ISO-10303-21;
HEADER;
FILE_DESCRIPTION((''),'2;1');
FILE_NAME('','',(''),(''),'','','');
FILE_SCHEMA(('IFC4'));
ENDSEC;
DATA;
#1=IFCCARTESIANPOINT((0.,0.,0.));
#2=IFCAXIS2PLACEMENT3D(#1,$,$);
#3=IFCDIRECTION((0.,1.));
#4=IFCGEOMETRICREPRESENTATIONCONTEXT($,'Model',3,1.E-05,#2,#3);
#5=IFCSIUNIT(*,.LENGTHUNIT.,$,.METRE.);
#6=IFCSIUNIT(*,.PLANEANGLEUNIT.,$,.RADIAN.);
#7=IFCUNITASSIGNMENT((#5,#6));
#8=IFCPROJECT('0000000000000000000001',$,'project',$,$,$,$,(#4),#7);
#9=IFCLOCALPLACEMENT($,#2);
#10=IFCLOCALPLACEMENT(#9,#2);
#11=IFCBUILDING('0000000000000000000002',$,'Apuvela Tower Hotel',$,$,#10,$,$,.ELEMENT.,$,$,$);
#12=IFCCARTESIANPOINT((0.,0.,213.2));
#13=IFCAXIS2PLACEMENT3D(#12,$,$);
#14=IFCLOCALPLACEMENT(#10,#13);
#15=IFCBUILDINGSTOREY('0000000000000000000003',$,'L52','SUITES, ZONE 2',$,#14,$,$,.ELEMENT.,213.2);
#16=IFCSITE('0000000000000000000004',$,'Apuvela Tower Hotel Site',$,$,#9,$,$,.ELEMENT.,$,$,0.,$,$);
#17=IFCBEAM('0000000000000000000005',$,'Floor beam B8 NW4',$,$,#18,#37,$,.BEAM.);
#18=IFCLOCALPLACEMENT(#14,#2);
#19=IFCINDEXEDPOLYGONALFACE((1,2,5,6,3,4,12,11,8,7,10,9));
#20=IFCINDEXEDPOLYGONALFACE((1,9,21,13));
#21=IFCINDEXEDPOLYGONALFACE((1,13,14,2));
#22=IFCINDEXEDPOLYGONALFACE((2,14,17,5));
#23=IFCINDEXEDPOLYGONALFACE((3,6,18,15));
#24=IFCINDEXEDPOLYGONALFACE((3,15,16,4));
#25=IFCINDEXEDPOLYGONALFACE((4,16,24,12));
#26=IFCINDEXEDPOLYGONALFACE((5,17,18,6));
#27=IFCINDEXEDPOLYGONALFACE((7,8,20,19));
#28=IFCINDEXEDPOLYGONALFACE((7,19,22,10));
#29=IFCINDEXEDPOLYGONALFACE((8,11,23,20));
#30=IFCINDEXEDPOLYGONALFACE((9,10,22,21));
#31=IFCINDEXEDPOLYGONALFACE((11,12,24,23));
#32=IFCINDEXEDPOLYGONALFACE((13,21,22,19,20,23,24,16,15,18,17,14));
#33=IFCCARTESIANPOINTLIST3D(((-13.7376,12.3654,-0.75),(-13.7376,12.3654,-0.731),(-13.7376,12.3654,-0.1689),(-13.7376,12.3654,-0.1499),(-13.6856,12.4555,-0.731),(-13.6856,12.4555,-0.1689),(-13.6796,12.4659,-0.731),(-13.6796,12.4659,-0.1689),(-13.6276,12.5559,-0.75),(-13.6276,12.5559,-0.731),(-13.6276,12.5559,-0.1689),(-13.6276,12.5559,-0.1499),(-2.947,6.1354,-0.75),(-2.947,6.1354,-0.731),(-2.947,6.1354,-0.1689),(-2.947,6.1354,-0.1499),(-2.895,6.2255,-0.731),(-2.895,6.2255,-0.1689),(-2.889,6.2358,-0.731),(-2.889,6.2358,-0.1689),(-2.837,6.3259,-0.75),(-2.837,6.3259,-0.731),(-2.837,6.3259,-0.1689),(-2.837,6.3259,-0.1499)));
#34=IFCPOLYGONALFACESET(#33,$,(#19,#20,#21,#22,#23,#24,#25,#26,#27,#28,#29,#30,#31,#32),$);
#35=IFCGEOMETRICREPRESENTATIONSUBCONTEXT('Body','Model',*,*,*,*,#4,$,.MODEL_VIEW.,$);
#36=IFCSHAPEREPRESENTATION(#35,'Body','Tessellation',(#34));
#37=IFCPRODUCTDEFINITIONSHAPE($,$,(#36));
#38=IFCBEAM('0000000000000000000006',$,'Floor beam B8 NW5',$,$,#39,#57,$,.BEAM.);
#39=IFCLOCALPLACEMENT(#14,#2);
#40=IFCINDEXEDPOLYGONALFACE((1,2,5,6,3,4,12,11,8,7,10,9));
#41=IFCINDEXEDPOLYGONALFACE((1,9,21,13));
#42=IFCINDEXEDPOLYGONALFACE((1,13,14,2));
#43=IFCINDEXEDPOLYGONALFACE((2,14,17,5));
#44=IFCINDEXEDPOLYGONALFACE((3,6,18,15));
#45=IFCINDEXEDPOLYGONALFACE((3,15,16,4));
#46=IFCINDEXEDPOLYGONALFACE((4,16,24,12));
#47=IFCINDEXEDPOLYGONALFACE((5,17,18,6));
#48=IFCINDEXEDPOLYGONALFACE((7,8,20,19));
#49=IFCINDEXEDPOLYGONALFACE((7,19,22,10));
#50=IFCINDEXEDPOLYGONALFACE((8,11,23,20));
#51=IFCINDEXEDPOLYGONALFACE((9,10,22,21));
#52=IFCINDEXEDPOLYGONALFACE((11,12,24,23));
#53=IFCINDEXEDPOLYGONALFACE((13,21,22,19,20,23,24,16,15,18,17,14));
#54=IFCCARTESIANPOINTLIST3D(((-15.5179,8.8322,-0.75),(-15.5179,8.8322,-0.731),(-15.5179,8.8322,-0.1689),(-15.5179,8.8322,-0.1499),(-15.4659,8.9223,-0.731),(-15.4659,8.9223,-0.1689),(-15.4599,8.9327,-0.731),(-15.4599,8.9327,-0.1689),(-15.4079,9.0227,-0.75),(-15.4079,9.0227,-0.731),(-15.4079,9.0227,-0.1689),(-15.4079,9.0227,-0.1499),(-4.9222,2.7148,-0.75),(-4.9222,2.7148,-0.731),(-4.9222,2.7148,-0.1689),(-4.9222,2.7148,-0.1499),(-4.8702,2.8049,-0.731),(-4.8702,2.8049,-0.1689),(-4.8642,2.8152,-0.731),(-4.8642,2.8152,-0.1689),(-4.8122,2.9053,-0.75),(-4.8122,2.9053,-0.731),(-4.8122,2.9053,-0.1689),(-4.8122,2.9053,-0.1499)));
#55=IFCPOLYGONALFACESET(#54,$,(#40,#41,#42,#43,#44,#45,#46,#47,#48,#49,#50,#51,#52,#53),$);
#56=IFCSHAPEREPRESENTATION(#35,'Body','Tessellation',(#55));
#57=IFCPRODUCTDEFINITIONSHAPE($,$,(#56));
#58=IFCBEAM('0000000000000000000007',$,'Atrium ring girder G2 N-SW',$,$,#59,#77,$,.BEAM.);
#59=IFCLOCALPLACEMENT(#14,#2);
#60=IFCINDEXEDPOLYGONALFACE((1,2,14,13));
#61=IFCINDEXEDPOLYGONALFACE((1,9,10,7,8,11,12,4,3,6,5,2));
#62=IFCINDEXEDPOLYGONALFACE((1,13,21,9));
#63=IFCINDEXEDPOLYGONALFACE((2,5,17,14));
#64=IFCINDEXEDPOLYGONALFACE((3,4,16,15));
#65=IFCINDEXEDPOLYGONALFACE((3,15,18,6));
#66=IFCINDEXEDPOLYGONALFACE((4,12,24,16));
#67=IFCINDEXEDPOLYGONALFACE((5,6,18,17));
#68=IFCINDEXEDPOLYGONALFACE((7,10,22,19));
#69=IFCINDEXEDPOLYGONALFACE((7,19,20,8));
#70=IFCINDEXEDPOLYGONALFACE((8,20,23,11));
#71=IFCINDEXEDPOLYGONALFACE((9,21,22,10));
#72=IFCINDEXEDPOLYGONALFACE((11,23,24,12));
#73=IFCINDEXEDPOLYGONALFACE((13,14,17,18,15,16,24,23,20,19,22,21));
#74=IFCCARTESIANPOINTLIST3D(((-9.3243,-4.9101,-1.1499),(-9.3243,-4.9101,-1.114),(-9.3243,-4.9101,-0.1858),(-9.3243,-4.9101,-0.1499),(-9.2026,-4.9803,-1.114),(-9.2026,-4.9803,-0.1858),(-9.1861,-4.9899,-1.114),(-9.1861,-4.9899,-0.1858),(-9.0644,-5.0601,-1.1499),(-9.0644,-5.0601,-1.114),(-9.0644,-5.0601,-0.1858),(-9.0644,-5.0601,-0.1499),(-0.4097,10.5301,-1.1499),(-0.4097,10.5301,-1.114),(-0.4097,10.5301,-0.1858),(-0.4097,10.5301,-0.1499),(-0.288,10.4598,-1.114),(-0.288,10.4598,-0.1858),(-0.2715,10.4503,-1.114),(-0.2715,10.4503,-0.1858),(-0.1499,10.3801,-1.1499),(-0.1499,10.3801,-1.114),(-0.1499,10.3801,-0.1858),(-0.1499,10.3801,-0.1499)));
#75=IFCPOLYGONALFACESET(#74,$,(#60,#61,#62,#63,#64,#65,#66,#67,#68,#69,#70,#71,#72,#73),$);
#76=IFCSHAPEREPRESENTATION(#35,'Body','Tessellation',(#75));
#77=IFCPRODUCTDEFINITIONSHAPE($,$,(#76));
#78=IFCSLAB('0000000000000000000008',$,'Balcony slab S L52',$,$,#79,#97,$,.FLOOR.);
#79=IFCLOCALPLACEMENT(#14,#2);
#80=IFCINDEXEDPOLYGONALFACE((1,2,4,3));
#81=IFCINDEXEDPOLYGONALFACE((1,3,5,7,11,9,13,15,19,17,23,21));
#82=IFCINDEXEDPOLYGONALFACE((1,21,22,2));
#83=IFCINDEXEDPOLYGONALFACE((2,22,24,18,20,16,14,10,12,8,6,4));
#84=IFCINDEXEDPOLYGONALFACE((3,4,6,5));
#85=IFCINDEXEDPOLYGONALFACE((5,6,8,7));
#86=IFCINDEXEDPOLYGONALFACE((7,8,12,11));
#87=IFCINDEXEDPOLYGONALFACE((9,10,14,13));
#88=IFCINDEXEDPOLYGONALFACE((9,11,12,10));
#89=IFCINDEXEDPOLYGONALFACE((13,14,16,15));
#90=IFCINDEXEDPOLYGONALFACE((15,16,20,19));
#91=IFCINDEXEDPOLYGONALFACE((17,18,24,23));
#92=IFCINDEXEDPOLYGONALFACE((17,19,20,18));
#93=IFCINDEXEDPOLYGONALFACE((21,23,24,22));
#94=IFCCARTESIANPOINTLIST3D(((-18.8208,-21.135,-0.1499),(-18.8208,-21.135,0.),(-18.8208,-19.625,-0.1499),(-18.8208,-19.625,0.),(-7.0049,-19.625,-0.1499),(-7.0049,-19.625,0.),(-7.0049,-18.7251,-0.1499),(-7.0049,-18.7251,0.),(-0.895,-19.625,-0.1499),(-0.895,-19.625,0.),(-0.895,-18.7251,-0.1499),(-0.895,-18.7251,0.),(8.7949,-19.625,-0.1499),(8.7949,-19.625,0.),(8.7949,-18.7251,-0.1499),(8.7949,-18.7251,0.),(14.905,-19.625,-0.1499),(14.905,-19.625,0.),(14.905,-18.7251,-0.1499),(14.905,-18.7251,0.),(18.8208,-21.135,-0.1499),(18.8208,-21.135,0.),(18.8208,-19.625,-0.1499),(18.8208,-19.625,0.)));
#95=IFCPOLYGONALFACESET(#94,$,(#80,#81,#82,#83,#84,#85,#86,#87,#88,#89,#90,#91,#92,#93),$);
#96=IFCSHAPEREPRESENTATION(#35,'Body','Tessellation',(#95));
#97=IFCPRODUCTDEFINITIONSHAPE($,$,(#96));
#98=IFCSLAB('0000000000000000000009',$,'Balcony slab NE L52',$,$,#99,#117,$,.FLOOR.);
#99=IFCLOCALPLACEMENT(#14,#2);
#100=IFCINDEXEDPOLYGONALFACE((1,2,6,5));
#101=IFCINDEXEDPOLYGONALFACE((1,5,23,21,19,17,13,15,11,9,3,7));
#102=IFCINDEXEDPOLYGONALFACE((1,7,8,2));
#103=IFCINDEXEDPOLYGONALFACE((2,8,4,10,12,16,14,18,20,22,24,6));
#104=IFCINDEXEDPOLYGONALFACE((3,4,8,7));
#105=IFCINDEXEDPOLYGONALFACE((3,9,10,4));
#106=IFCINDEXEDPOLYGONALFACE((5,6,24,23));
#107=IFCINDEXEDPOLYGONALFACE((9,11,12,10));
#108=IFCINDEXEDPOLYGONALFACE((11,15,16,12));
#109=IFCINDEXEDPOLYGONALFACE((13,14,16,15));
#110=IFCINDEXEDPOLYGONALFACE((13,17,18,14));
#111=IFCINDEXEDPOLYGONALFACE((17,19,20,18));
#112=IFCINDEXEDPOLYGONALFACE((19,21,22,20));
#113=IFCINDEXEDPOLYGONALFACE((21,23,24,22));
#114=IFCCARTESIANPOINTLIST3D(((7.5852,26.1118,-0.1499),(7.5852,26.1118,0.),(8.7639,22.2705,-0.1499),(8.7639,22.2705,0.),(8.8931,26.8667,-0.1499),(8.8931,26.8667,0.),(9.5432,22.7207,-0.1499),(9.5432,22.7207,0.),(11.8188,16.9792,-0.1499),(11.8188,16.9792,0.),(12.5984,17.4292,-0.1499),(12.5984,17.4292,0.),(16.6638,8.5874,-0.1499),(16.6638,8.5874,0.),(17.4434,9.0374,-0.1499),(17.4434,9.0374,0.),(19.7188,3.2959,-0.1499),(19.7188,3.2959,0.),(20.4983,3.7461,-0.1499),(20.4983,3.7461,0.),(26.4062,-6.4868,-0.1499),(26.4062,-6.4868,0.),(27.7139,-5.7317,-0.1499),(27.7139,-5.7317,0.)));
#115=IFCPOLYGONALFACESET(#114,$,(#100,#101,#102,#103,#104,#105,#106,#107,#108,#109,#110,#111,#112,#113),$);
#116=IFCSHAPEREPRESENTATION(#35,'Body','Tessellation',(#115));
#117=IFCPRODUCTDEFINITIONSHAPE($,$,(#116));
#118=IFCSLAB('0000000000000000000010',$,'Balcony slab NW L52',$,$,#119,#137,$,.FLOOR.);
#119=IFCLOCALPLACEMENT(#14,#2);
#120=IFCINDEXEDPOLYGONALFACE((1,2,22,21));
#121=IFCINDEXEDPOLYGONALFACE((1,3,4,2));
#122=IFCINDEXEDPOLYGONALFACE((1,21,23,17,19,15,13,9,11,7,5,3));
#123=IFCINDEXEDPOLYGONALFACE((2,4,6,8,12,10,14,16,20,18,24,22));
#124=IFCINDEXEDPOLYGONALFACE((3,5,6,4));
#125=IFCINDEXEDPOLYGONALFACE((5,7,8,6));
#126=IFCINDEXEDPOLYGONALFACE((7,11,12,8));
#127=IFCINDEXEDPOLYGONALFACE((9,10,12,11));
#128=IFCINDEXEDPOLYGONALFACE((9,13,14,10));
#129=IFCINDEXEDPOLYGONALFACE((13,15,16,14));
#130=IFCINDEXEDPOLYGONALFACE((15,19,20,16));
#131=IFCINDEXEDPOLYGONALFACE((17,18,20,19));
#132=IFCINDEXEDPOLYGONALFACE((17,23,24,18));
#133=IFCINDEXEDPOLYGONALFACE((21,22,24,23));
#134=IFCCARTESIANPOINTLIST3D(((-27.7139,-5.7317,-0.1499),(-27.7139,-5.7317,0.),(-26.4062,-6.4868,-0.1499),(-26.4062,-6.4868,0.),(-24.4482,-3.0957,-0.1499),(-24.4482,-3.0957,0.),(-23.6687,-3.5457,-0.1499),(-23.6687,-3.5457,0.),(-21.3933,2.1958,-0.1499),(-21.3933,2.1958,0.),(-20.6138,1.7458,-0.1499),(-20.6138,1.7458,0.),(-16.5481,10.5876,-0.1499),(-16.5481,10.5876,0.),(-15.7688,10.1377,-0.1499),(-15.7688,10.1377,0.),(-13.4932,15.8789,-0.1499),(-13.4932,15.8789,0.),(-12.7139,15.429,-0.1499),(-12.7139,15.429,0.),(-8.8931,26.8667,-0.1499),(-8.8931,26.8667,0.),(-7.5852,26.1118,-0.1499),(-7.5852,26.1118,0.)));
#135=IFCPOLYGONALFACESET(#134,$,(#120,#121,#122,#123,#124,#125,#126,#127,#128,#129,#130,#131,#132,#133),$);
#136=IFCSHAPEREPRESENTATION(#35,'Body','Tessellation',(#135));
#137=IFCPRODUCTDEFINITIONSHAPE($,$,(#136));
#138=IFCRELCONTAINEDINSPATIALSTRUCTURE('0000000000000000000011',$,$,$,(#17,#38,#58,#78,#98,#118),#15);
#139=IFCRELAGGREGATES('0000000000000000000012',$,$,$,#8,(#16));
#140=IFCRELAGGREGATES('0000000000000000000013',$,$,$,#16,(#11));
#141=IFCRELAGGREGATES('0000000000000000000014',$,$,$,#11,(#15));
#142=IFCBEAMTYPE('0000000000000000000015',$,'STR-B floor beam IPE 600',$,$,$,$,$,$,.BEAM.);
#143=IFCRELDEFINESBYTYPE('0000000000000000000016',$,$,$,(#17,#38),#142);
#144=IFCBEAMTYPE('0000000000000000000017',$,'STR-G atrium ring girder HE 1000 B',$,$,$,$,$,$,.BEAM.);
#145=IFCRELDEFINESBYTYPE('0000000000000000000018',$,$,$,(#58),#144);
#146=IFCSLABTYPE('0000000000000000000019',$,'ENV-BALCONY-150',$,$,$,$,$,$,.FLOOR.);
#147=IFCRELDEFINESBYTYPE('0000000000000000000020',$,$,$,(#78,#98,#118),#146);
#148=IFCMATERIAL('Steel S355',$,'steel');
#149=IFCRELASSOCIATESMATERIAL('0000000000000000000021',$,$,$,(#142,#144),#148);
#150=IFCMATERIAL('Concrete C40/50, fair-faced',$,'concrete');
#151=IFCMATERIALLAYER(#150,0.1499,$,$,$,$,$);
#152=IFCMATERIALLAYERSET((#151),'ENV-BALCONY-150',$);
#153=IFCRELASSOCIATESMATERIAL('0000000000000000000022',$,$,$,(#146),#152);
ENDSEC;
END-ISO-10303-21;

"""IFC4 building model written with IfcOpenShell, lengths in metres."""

from ifc_helpers import new_model, si_unit, direction, frame, origin, origin_2d, place, context, subcontext, project, spatial, polyline, i_section, outline, extrude, material, layer, layer_set, material_profile, profile_set, type_object, element, save


model = new_model("IFC4")

# Units and contexts
model_context = context("Model", 3, precision=1e-05, world=origin(), true_north=direction((0.0, 1.0)))
body_context = subcontext(model_context, "Body", "Model", "MODEL_VIEW")
ifc_project = project(units=[si_unit("LENGTHUNIT", "METRE"), si_unit("PLANEANGLEUNIT", "RADIAN")], contexts=[model_context])

# Site, building, storey
site_placement = place(None, origin())
site = spatial("IfcSite", under=ifc_project, at=site_placement, Name="Apuvela Tower Hotel Site", CompositionType="ELEMENT", RefElevation=0.0)
building_placement = place(site_placement, origin())
building = spatial("IfcBuilding", under=site, at=building_placement, Name="Apuvela Tower Hotel", CompositionType="ELEMENT")
storey_placement = place(building_placement, frame((0.0, 0.0, 213.2)))
storey = spatial("IfcBuildingStorey", under=building, at=storey_placement, Name="L52", Description="SUITES, ZONE 2", CompositionType="ELEMENT", Elevation=213.2)

# Beams
ifc_material_1 = material(Name="Steel S355", Category="steel")
ifc_material_profile_1 = material_profile(ifc_material_1, i_section(OverallWidth=0.22, OverallDepth=0.6001, WebThickness=0.012, FlangeThickness=0.019, at=origin_2d()), Name="IPE 600")
ifc_profile_set_1 = profile_set([ifc_material_profile_1], Name="Steel S355")
beam_type_1 = type_object("IfcBeamType", Name="STR-B floor beam IPE 600", PredefinedType="BEAM", material=ifc_profile_set_1)
beam_1_placement = place(storey_placement, frame((-13.6826, 12.4607, -0.45), z_axis=(0.866023, -0.500004, 0.0), x_axis=(0.500004, 0.866023, 0.0)))
element("IfcBeam", 1, at=beam_1_placement, inside=storey, type_object=beam_type_1, Name="Floor beam B8 NW4", PredefinedType="BEAM", context=body_context, shape_type="SweptSolid", body=[
    extrude(i_section(OverallWidth=0.22, OverallDepth=0.6001, WebThickness=0.012, FlangeThickness=0.019, at=origin_2d()), origin(), (0.0, 0.0, 1.0), 12.46),
])
beam_2_placement = place(storey_placement, frame((-15.4629, 8.9275, -0.45), z_axis=(0.866025, -0.5, 0.0), x_axis=(0.5, 0.866025, 0.0)))
element("IfcBeam", 2, at=beam_2_placement, inside=storey, type_object=beam_type_1, Name="Floor beam B8 NW5", PredefinedType="BEAM", context=body_context, shape_type="SweptSolid", body=[
    extrude(i_section(OverallWidth=0.22, OverallDepth=0.6001, WebThickness=0.012, FlangeThickness=0.019, at=origin_2d()), origin(), (0.0, 0.0, 1.0), 12.2349),
])
ifc_material_profile_2 = material_profile(ifc_material_1, i_section(OverallWidth=0.3, OverallDepth=1.0, WebThickness=0.019, FlangeThickness=0.0359, at=origin_2d()), Name="HE 1000 B")
ifc_profile_set_2 = profile_set([ifc_material_profile_2], Name="Steel S355")
beam_type_2 = type_object("IfcBeamType", Name="STR-G atrium ring girder HE 1000 B", PredefinedType="BEAM", material=ifc_profile_set_2)
beam_3_placement = place(storey_placement, frame((-0.2798, 10.4551, -0.6499), z_axis=(-0.500007, -0.866022, 0.0), x_axis=(0.866022, -0.500007, 0.0)))
element("IfcBeam", 3, at=beam_3_placement, inside=storey, type_object=beam_type_2, Name="Atrium ring girder G2 N-SW", PredefinedType="BEAM", context=body_context, shape_type="SweptSolid", body=[
    extrude(i_section(OverallWidth=0.3, OverallDepth=1.0, WebThickness=0.019, FlangeThickness=0.0359, at=origin_2d()), origin(), (0.0, 0.0, 1.0), 17.8289),
])

# Slabs
ifc_material_2 = material(Name="Concrete C40/50, fair-faced", Category="concrete")
ifc_layer_1 = layer(ifc_material_2, 0.1499)
ifc_layer_set_1 = layer_set([ifc_layer_1], Name="ENV-BALCONY-150")
slab_type_1 = type_object("IfcSlabType", Name="ENV-BALCONY-150", PredefinedType="FLOOR", material=ifc_layer_set_1)
slab_1_placement = place(storey_placement, frame((0.0, 0.0, -0.1499)))
element("IfcSlab", 4, at=slab_1_placement, inside=storey, type_object=slab_type_1, Name="Balcony slab S L52", PredefinedType="FLOOR", context=body_context, shape_type="SweptSolid", body=[
    extrude(outline(polyline([(18.8208, -21.135), (-18.8208, -21.135), (-18.8208, -19.625), (-7.0049, -19.625), (-7.0049, -18.7251), (-0.895, -18.7251), (-0.895, -19.625), (8.7949, -19.625), (8.7949, -18.7251), (14.905, -18.7251), (14.905, -19.625), (18.8208, -19.625), (18.8208, -21.135)])), origin(), (0.0, 0.0, 1.0), 0.1499),
])
slab_2_placement = place(storey_placement, frame((0.0, 0.0, -0.1499)))
element("IfcSlab", 5, at=slab_2_placement, inside=storey, type_object=slab_type_1, Name="Balcony slab NE L52", PredefinedType="FLOOR", context=body_context, shape_type="SweptSolid", body=[
    extrude(outline(polyline([(17.4434, 9.0374), (12.5984, 17.4292), (11.8188, 16.9792), (8.7639, 22.2705), (9.5432, 22.7207), (7.5852, 26.1118), (8.8931, 26.8667), (27.7139, -5.7317), (26.4062, -6.4868), (20.4983, 3.7461), (19.7188, 3.2959), (16.6638, 8.5874), (17.4434, 9.0374)])), origin(), (0.0, 0.0, 1.0), 0.1499),
])
slab_3_placement = place(storey_placement, frame((0.0, 0.0, -0.1499)))
element("IfcSlab", 6, at=slab_3_placement, inside=storey, type_object=slab_type_1, Name="Balcony slab NW L52", PredefinedType="FLOOR", context=body_context, shape_type="SweptSolid", body=[
    extrude(outline(polyline([(-27.7139, -5.7317), (-8.8931, 26.8667), (-7.5852, 26.1118), (-13.4932, 15.8789), (-12.7139, 15.429), (-15.7688, 10.1377), (-16.5481, 10.5876), (-21.3933, 2.1958), (-20.6138, 1.7458), (-23.6687, -3.5457), (-24.4482, -3.0957), (-26.4062, -6.4868), (-27.7139, -5.7317)])), origin(), (0.0, 0.0, 1.0), 0.1499),
])

save(model, "model.ifc")
